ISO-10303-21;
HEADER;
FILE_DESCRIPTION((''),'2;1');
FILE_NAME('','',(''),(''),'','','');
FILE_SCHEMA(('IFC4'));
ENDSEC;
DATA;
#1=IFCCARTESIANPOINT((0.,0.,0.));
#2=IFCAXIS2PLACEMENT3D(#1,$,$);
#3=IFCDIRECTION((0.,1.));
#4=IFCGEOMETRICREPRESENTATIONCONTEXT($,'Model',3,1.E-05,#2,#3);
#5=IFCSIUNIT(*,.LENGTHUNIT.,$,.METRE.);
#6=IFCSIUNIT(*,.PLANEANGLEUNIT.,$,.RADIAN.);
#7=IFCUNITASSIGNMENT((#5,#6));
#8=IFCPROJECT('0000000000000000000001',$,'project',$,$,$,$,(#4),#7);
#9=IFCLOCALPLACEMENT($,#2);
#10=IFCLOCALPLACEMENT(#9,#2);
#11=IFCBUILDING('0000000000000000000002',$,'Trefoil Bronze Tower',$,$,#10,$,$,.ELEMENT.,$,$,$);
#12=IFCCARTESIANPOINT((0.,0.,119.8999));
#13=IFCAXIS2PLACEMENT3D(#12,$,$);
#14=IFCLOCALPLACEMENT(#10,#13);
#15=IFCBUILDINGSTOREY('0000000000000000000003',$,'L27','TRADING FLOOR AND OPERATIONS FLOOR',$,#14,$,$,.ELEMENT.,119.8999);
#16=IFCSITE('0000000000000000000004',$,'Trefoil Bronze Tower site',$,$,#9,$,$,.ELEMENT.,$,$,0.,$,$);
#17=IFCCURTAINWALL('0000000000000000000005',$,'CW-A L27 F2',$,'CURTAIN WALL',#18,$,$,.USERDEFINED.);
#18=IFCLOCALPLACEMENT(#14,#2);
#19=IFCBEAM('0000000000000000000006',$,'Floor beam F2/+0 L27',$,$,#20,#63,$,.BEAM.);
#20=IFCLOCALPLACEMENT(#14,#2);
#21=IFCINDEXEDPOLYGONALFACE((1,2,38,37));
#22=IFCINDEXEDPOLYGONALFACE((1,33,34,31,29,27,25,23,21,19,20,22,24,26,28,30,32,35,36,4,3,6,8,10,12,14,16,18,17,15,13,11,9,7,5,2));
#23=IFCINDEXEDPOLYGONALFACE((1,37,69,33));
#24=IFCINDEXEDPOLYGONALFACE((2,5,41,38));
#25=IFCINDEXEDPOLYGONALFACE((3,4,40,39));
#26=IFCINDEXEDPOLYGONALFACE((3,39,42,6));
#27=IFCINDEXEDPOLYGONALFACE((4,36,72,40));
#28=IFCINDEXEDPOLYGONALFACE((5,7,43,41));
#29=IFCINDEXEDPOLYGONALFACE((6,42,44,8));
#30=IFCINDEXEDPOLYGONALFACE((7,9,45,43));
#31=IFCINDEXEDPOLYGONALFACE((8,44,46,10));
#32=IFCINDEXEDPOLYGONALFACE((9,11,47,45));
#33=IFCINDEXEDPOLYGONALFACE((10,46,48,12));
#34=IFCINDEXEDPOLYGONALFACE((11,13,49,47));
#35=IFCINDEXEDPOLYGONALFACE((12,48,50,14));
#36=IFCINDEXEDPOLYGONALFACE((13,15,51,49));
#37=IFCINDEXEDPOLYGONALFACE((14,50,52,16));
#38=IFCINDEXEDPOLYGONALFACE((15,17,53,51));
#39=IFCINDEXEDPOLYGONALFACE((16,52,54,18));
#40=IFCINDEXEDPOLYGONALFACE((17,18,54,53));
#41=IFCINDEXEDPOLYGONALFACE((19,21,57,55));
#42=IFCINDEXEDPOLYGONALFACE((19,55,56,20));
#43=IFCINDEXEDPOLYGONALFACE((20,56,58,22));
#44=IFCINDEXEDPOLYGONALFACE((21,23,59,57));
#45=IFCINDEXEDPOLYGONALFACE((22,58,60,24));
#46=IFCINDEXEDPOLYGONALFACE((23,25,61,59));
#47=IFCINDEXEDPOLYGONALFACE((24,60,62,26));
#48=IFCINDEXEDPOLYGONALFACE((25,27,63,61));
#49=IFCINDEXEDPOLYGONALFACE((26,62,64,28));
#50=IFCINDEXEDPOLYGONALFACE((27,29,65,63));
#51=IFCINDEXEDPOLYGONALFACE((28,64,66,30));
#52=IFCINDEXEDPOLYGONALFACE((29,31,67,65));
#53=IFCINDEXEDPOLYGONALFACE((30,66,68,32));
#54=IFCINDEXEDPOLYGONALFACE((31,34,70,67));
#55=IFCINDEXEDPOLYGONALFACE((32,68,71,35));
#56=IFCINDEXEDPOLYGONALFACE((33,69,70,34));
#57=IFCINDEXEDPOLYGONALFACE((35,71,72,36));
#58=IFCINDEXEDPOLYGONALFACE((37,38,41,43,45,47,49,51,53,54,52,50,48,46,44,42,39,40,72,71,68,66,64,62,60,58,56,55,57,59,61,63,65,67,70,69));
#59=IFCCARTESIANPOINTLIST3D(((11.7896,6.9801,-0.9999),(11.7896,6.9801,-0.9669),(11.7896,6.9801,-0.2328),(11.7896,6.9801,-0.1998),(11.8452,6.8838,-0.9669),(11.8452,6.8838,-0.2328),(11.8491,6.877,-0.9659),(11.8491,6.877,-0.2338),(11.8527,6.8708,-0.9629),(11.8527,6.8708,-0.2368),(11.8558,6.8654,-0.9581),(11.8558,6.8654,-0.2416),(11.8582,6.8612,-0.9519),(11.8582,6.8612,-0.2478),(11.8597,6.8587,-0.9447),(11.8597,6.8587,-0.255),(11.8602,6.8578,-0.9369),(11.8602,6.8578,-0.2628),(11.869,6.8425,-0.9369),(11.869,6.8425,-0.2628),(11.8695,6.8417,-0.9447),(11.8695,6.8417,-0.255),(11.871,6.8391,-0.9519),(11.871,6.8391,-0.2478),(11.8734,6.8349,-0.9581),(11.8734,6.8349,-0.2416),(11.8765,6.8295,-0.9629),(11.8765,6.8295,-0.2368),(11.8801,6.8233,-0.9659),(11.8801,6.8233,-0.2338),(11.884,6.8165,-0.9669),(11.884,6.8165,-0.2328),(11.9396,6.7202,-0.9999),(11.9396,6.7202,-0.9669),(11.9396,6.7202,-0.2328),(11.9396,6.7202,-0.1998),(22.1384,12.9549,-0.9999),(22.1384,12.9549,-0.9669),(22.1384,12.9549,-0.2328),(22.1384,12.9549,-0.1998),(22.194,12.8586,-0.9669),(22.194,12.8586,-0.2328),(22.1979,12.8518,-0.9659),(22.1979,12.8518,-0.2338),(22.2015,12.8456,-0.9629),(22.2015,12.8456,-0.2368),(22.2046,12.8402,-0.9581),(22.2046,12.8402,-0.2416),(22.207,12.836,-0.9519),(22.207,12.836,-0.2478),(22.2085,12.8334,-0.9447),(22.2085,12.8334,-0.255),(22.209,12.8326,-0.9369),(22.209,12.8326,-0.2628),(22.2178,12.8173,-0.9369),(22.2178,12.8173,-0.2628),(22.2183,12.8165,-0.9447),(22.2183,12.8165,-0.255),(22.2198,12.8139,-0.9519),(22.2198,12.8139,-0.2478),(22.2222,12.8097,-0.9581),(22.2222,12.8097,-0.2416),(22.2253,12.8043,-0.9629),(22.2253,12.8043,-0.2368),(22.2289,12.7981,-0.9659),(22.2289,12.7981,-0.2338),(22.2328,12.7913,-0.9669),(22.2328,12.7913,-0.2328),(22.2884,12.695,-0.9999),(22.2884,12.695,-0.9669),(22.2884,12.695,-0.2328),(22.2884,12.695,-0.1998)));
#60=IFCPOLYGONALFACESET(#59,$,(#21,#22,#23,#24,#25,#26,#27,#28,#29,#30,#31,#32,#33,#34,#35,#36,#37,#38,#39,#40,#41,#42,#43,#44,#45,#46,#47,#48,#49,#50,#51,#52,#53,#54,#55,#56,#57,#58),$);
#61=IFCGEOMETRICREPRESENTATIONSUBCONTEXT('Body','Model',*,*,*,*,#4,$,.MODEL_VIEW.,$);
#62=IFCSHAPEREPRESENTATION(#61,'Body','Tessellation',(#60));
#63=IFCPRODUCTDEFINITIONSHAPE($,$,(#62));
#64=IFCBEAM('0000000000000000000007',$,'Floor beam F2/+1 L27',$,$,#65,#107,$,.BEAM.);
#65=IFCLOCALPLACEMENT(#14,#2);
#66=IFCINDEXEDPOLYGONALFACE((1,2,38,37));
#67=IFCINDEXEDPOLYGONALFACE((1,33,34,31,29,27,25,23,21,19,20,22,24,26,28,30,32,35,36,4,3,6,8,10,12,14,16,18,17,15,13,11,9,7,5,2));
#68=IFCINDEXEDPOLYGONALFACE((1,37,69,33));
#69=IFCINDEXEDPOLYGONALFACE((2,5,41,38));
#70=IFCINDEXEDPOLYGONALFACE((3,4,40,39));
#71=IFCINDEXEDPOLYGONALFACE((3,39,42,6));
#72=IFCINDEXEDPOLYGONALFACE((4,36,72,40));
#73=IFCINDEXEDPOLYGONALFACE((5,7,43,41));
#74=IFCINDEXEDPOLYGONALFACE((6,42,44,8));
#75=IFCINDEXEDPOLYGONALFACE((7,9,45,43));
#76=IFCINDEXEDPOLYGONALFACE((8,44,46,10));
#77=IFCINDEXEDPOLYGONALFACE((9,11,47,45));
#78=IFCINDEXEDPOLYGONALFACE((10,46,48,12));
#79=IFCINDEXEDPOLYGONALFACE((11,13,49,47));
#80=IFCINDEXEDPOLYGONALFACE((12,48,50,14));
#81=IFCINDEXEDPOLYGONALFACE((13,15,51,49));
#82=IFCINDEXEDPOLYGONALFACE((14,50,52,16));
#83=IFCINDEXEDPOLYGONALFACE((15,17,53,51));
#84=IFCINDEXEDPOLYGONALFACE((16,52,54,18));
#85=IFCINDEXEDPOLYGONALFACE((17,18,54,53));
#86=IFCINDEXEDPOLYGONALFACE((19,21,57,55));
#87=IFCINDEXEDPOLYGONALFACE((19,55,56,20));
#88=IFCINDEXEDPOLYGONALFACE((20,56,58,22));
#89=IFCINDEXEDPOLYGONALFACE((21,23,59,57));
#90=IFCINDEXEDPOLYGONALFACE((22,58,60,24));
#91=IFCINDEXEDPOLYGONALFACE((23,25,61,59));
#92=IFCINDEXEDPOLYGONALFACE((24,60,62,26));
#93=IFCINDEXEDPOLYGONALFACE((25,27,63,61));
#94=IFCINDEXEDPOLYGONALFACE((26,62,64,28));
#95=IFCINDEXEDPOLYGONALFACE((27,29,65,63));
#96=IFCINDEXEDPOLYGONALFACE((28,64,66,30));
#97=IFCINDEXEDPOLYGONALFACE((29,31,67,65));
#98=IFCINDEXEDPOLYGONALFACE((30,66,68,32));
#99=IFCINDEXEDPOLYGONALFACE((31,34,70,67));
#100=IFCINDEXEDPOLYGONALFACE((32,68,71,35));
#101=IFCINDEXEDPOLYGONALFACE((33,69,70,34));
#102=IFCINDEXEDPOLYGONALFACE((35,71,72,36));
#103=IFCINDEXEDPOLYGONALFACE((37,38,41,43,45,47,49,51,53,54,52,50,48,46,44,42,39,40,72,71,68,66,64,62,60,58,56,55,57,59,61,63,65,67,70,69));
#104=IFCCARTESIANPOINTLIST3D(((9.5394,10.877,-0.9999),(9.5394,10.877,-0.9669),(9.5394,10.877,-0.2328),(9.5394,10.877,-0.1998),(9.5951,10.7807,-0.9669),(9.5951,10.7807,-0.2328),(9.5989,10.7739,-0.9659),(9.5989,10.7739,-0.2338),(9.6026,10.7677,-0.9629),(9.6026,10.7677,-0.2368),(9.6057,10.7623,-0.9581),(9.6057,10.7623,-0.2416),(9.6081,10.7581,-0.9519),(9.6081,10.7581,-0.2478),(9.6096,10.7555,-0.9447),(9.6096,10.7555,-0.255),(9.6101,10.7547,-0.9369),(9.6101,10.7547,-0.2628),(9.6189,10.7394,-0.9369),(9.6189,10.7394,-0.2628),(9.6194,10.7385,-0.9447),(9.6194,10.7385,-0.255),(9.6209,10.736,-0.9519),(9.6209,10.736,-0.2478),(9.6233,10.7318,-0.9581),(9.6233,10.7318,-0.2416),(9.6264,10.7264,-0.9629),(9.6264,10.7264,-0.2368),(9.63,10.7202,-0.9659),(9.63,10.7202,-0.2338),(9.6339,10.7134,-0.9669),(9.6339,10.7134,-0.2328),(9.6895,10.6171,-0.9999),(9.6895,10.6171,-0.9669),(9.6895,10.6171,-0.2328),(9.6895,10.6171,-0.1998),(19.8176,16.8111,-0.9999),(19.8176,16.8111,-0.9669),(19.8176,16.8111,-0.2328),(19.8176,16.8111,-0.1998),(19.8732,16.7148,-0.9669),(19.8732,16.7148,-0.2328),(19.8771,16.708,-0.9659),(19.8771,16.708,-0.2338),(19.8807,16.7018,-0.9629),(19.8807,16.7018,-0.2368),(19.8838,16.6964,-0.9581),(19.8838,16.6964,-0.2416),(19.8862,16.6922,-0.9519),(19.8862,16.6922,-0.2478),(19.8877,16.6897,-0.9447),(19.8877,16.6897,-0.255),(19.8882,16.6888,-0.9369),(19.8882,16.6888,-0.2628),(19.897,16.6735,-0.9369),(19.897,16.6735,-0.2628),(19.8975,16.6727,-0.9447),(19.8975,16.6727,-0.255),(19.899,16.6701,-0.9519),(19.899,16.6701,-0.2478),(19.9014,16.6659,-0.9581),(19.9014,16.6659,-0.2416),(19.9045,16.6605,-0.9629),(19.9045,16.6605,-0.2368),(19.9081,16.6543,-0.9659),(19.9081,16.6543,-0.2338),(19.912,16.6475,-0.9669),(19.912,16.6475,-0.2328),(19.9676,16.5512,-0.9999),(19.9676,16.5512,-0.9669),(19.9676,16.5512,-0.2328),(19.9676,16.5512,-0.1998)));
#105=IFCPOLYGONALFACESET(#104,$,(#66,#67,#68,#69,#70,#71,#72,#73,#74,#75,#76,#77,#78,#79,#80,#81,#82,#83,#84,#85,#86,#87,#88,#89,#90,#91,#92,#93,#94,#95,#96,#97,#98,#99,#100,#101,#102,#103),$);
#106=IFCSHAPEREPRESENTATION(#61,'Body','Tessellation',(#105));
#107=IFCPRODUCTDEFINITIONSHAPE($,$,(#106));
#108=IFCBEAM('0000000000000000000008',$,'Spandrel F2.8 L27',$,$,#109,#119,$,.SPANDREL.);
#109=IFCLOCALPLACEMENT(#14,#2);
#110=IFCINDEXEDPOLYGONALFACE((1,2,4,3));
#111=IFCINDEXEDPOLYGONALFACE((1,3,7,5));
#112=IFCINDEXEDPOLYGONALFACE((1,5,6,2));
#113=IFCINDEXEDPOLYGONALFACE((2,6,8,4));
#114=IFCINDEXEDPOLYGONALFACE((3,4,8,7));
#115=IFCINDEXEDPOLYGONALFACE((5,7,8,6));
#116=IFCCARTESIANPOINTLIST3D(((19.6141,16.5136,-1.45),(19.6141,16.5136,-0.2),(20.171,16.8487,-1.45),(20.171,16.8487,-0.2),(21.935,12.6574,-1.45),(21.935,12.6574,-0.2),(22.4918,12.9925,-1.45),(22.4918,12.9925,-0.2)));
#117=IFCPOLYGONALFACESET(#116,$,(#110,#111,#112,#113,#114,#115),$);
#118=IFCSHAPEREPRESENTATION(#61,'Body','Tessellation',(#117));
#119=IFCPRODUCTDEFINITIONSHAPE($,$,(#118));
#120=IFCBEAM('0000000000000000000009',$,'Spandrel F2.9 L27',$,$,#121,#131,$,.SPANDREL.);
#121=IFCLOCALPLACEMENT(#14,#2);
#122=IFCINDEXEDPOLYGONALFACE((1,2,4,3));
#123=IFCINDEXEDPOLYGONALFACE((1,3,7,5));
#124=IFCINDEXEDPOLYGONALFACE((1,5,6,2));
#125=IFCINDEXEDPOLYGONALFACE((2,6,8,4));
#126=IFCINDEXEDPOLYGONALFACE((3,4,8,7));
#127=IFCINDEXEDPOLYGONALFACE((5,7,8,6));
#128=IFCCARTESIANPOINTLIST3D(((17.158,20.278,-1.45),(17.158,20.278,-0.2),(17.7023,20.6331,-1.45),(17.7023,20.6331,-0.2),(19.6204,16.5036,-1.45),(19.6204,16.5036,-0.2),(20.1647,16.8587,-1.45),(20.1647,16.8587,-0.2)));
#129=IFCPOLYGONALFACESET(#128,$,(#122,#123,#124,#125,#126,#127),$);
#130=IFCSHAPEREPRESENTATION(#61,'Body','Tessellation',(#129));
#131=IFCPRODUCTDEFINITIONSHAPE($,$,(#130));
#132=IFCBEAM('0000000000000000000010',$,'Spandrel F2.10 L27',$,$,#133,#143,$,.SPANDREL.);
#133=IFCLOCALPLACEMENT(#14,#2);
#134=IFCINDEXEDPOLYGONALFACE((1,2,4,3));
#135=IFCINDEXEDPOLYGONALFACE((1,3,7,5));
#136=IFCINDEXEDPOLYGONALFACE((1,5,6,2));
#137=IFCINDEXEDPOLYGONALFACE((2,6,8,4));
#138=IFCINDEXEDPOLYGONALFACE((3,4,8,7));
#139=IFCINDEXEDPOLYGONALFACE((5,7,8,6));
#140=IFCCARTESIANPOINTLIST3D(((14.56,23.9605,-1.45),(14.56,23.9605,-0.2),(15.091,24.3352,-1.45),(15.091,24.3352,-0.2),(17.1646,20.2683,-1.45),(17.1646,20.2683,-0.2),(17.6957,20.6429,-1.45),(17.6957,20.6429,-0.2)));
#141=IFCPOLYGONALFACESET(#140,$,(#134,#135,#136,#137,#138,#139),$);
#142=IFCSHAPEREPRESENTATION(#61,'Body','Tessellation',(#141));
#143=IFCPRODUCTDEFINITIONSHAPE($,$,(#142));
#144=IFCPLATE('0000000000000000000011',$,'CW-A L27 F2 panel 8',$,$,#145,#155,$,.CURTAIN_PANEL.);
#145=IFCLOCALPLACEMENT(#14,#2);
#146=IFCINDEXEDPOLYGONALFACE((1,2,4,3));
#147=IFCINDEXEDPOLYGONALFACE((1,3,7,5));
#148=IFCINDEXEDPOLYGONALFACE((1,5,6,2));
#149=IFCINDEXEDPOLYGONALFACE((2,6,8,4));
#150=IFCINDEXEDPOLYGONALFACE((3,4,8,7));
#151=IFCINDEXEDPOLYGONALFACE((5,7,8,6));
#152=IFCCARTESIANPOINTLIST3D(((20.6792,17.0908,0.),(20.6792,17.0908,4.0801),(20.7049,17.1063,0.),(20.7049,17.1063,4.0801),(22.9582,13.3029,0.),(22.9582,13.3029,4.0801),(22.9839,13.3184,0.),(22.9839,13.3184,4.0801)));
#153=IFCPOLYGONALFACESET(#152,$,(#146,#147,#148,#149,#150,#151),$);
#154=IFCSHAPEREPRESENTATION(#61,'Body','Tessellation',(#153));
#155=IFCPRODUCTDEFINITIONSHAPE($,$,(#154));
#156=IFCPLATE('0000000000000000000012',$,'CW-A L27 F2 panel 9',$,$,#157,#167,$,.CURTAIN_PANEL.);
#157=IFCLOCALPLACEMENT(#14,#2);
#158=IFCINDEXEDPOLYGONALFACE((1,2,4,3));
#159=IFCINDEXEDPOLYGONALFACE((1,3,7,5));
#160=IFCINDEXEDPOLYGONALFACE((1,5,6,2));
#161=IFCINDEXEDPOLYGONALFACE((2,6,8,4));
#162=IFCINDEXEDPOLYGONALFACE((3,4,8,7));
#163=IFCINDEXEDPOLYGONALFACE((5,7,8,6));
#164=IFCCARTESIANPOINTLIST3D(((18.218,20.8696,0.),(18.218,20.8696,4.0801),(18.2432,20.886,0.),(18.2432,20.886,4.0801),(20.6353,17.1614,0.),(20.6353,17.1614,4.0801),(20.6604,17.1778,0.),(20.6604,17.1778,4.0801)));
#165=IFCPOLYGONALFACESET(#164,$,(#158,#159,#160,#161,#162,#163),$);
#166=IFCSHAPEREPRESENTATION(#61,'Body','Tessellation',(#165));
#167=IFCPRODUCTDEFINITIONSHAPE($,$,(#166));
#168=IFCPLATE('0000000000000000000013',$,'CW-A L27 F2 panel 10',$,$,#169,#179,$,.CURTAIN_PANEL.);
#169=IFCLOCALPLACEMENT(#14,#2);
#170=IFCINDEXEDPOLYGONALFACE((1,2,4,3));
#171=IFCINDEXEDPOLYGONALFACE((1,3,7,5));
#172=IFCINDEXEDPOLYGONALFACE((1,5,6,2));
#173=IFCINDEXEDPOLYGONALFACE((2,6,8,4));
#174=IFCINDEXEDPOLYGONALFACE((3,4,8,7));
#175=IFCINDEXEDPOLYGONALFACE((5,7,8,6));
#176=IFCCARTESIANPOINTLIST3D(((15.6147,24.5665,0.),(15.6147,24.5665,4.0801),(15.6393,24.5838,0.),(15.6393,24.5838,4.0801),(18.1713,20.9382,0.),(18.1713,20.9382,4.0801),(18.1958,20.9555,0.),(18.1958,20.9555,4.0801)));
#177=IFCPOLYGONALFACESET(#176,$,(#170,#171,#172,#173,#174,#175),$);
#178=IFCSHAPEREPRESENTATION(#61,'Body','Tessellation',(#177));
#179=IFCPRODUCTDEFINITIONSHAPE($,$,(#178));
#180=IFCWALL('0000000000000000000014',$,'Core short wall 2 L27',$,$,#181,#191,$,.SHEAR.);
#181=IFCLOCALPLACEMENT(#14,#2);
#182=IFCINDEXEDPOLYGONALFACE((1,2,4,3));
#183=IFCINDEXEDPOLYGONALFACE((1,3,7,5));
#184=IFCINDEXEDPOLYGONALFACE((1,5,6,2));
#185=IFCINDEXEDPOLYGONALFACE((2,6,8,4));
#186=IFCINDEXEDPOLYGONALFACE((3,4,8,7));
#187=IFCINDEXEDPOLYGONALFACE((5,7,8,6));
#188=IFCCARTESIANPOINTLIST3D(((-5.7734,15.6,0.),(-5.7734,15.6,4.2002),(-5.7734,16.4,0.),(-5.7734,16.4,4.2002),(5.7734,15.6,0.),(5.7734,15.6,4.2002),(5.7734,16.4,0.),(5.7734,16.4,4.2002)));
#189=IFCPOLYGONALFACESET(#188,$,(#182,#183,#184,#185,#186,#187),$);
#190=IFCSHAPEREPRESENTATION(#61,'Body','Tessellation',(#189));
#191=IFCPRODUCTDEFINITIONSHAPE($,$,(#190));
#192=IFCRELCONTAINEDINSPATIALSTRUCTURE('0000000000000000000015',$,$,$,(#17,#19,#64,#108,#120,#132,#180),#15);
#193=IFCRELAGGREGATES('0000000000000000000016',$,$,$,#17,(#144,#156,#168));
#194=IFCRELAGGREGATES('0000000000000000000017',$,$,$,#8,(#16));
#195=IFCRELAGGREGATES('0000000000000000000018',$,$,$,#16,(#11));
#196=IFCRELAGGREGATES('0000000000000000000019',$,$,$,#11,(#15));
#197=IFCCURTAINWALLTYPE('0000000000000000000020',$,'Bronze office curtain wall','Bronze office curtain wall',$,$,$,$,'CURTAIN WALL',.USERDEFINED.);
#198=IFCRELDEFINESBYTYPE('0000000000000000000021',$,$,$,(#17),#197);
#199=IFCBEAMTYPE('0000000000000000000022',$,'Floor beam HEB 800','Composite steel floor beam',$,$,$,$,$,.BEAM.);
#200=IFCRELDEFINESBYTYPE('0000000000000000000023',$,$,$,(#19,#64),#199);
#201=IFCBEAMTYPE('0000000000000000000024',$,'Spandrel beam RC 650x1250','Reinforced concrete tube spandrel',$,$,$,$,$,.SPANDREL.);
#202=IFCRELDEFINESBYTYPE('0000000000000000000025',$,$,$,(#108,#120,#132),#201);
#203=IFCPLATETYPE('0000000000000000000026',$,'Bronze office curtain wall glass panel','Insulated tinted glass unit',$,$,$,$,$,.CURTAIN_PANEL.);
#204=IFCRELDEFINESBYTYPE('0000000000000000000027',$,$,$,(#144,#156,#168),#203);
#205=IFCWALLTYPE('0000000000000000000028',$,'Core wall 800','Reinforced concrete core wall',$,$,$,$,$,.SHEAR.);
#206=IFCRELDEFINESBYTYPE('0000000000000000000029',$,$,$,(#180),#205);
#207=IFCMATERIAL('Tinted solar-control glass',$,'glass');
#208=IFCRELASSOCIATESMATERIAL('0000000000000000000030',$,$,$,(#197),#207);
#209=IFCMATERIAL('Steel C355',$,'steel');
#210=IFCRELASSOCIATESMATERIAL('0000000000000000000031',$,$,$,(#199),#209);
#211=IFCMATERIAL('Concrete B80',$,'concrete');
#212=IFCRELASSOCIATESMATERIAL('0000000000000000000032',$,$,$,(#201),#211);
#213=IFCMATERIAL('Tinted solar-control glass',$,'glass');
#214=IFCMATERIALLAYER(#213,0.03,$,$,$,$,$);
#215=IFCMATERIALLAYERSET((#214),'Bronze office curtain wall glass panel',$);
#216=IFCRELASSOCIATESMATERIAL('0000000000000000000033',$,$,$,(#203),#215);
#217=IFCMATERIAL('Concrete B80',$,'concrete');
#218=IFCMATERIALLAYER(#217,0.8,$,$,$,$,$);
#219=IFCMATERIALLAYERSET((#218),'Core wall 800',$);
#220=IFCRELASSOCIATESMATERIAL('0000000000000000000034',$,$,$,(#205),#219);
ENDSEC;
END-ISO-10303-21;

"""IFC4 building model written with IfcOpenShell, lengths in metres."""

from ifc_helpers import new_model, si_unit, direction, frame, frame_2d, origin, origin_2d, place, context, subcontext, project, spatial, rectangle, i_section, extrude, material, layer, layer_set, material_profile, profile_set, type_object, element, aggregate, save


model = new_model("IFC4")

# Units and contexts
model_context = context("Model", 3, precision=1e-05, world=origin(), true_north=direction((0.0, 1.0)))
body_context = subcontext(model_context, "Body", "Model", "MODEL_VIEW")
ifc_project = project(units=[si_unit("LENGTHUNIT", "METRE"), si_unit("PLANEANGLEUNIT", "RADIAN")], contexts=[model_context])

# Site, building, storey
site_placement = place(None, origin())
site = spatial("IfcSite", under=ifc_project, at=site_placement, Name="Trefoil Bronze Tower site", CompositionType="ELEMENT", RefElevation=0.0)
building_placement = place(site_placement, origin())
building = spatial("IfcBuilding", under=site, at=building_placement, Name="Trefoil Bronze Tower", CompositionType="ELEMENT")
storey_placement = place(building_placement, frame((0.0, 0.0, 119.8999)))
storey = spatial("IfcBuildingStorey", under=building, at=storey_placement, Name="L27", Description="TRADING FLOOR AND OPERATIONS FLOOR", CompositionType="ELEMENT", Elevation=119.8999)

# Curtain wall
ifc_material_1 = material(Name="Tinted solar-control glass", Category="glass")
curtain_wall_type = type_object("IfcCurtainWallType", Name="Bronze office curtain wall", Description="Bronze office curtain wall", ElementType="CURTAIN WALL", PredefinedType="USERDEFINED", material=ifc_material_1)
curtain_wall_placement = place(storey_placement, origin())
curtain_wall = element("IfcCurtainWall", 1, at=curtain_wall_placement, inside=storey, type_object=curtain_wall_type, Name="CW-A L27 F2", ObjectType="CURTAIN WALL", PredefinedType="USERDEFINED")

# Beams
ifc_material_2 = material(Name="Steel C355", Category="steel")
ifc_material_profile_1 = material_profile(ifc_material_2, i_section(OverallWidth=0.3, OverallDepth=0.8, WebThickness=0.0176, FlangeThickness=0.033, FilletRadius=0.03, at=origin_2d()), Name="HEB 800")
ifc_profile_set_1 = profile_set([ifc_material_profile_1], Name="Steel C355")
beam_type_1 = type_object("IfcBeamType", Name="Floor beam HEB 800", Description="Composite steel floor beam", PredefinedType="BEAM", material=ifc_profile_set_1)
beam_1_placement = place(storey_placement, frame((22.2134, 12.825, -0.5999), z_axis=(-0.866028, -0.499995, 0.0), x_axis=(0.499995, -0.866028, 0.0)))
element("IfcBeam", 2, at=beam_1_placement, inside=storey, type_object=beam_type_1, Name="Floor beam F2/+0 L27", PredefinedType="BEAM", context=body_context, shape_type="SweptSolid", body=[
    extrude(i_section(OverallWidth=0.3, OverallDepth=0.8, WebThickness=0.0176, FlangeThickness=0.033, FilletRadius=0.03, at=origin_2d()), origin(), (0.0, 0.0, 1.0), 11.9497),
])
beam_2_placement = place(storey_placement, frame((19.8926, 16.6812, -0.5999), z_axis=(-0.866024, -0.500002, 0.0), x_axis=(0.500002, -0.866024, 0.0)))
element("IfcBeam", 3, at=beam_2_placement, inside=storey, type_object=beam_type_1, Name="Floor beam F2/+1 L27", PredefinedType="BEAM", context=body_context, shape_type="SweptSolid", body=[
    extrude(i_section(OverallWidth=0.3, OverallDepth=0.8, WebThickness=0.0176, FlangeThickness=0.033, FilletRadius=0.03, at=origin_2d()), origin(), (0.0, 0.0, 1.0), 11.8682),
])
ifc_material_3 = material(Name="Concrete B80", Category="concrete")
ifc_material_profile_2 = material_profile(ifc_material_3, rectangle(XDim=0.6499, YDim=1.25, at=origin_2d()), Name="RC 650x1250")
ifc_profile_set_2 = profile_set([ifc_material_profile_2], Name="Concrete B80")
beam_type_2 = type_object("IfcBeamType", Name="Spandrel beam RC 650x1250", Description="Reinforced concrete tube spandrel", PredefinedType="SPANDREL", material=ifc_profile_set_2)
beam_3_placement = place(storey_placement, frame((22.2134, 12.825, -0.825), z_axis=(-0.515652, 0.856798, 0.0), x_axis=(-0.856798, -0.515652, 0.0)))
element("IfcBeam", 4, at=beam_3_placement, inside=storey, type_object=beam_type_2, Name="Spandrel F2.8 L27", PredefinedType="SPANDREL", context=body_context, shape_type="SweptSolid", body=[
    extrude(rectangle(XDim=0.6499, YDim=1.25, at=origin_2d()), origin(), (0.0, 0.0, 1.0), 4.5007),
])
beam_4_placement = place(storey_placement, frame((19.8926, 16.6812, -0.825), z_axis=(-0.546397, 0.837527, 0.0), x_axis=(-0.837527, -0.546397, 0.0)))
element("IfcBeam", 5, at=beam_4_placement, inside=storey, type_object=beam_type_2, Name="Spandrel F2.9 L27", PredefinedType="SPANDREL", context=body_context, shape_type="SweptSolid", body=[
    extrude(rectangle(XDim=0.6499, YDim=1.25, at=origin_2d()), origin(), (0.0, 0.0, 1.0), 4.5066),
])
beam_5_placement = place(storey_placement, frame((17.4302, 20.4556, -0.825), z_axis=(-0.576439, 0.81714, 0.0), x_axis=(-0.81714, -0.576439, 0.0)))
element("IfcBeam", 6, at=beam_5_placement, inside=storey, type_object=beam_type_2, Name="Spandrel F2.10 L27", PredefinedType="SPANDREL", context=body_context, shape_type="SweptSolid", body=[
    extrude(rectangle(XDim=0.6499, YDim=1.25, at=origin_2d()), origin(), (0.0, 0.0, 1.0), 4.5186),
])

# Plates
ifc_material_4 = material(Name="Tinted solar-control glass", Category="glass")
ifc_layer_1 = layer(ifc_material_4, 0.03)
ifc_layer_set_1 = layer_set([ifc_layer_1], Name="Bronze office curtain wall glass panel")
plate_type = type_object("IfcPlateType", Name="Bronze office curtain wall glass panel", Description="Insulated tinted glass unit", PredefinedType="CURTAIN_PANEL", material=ifc_layer_set_1)
plate_1_placement = place(storey_placement, frame((21.8315, 15.2046, 0.0), z_axis=(0.0, 0.0, 1.0), x_axis=(-0.515525, 0.856874, 0.0)))
plate_1 = element("IfcPlate", 7, at=plate_1_placement, type_object=plate_type, Name="CW-A L27 F2 panel 8", PredefinedType="CURTAIN_PANEL", context=body_context, shape_type="SweptSolid", body=[
    extrude(rectangle(XDim=4.4207, YDim=0.03, at=origin_2d()), origin(), (0.0, 0.0, 1.0), 4.0801),
])
plate_2_placement = place(storey_placement, frame((19.4392, 19.0237, 0.0), z_axis=(0.0, 0.0, 1.0), x_axis=(-0.546089, 0.837727, 0.0)))
plate_2 = element("IfcPlate", 8, at=plate_2_placement, type_object=plate_type, Name="CW-A L27 F2 panel 9", PredefinedType="CURTAIN_PANEL", context=body_context, shape_type="SweptSolid", body=[
    extrude(rectangle(XDim=4.4265, YDim=0.03, at=origin_2d()), origin(), (0.0, 0.0, 1.0), 4.0801),
])
plate_3_placement = place(storey_placement, frame((16.9053, 22.761, 0.0), z_axis=(0.0, 0.0, 1.0), x_axis=(-0.575999, 0.81745, 0.0)))
plate_3 = element("IfcPlate", 9, at=plate_3_placement, type_object=plate_type, Name="CW-A L27 F2 panel 10", PredefinedType="CURTAIN_PANEL", context=body_context, shape_type="SweptSolid", body=[
    extrude(rectangle(XDim=4.4385, YDim=0.03, at=origin_2d()), origin(), (0.0, 0.0, 1.0), 4.0801),
])
aggregate(curtain_wall, [plate_1, plate_2, plate_3])

# Wall
ifc_material_5 = material(Name="Concrete B80", Category="concrete")
ifc_layer_2 = layer(ifc_material_5, 0.8)
ifc_layer_set_2 = layer_set([ifc_layer_2], Name="Core wall 800")
wall_type_1 = type_object("IfcWallType", Name="Core wall 800", Description="Reinforced concrete core wall", PredefinedType="SHEAR", material=ifc_layer_set_2)
wall_1_placement = place(storey_placement, frame((5.7734, 16.0, 0.0), z_axis=(0.0, 0.0, 1.0), x_axis=(-1.0, 0.0, 0.0)))
element("IfcWall", 10, at=wall_1_placement, inside=storey, type_object=wall_type_1, Name="Core short wall 2 L27", PredefinedType="SHEAR", context=body_context, shape_type="SweptSolid", body=[
    extrude(rectangle(XDim=11.5469, YDim=0.8, at=frame_2d((5.7734, 0.0))), origin(), (0.0, 0.0, 1.0), 4.2002),
])

save(model, "model.ifc")
